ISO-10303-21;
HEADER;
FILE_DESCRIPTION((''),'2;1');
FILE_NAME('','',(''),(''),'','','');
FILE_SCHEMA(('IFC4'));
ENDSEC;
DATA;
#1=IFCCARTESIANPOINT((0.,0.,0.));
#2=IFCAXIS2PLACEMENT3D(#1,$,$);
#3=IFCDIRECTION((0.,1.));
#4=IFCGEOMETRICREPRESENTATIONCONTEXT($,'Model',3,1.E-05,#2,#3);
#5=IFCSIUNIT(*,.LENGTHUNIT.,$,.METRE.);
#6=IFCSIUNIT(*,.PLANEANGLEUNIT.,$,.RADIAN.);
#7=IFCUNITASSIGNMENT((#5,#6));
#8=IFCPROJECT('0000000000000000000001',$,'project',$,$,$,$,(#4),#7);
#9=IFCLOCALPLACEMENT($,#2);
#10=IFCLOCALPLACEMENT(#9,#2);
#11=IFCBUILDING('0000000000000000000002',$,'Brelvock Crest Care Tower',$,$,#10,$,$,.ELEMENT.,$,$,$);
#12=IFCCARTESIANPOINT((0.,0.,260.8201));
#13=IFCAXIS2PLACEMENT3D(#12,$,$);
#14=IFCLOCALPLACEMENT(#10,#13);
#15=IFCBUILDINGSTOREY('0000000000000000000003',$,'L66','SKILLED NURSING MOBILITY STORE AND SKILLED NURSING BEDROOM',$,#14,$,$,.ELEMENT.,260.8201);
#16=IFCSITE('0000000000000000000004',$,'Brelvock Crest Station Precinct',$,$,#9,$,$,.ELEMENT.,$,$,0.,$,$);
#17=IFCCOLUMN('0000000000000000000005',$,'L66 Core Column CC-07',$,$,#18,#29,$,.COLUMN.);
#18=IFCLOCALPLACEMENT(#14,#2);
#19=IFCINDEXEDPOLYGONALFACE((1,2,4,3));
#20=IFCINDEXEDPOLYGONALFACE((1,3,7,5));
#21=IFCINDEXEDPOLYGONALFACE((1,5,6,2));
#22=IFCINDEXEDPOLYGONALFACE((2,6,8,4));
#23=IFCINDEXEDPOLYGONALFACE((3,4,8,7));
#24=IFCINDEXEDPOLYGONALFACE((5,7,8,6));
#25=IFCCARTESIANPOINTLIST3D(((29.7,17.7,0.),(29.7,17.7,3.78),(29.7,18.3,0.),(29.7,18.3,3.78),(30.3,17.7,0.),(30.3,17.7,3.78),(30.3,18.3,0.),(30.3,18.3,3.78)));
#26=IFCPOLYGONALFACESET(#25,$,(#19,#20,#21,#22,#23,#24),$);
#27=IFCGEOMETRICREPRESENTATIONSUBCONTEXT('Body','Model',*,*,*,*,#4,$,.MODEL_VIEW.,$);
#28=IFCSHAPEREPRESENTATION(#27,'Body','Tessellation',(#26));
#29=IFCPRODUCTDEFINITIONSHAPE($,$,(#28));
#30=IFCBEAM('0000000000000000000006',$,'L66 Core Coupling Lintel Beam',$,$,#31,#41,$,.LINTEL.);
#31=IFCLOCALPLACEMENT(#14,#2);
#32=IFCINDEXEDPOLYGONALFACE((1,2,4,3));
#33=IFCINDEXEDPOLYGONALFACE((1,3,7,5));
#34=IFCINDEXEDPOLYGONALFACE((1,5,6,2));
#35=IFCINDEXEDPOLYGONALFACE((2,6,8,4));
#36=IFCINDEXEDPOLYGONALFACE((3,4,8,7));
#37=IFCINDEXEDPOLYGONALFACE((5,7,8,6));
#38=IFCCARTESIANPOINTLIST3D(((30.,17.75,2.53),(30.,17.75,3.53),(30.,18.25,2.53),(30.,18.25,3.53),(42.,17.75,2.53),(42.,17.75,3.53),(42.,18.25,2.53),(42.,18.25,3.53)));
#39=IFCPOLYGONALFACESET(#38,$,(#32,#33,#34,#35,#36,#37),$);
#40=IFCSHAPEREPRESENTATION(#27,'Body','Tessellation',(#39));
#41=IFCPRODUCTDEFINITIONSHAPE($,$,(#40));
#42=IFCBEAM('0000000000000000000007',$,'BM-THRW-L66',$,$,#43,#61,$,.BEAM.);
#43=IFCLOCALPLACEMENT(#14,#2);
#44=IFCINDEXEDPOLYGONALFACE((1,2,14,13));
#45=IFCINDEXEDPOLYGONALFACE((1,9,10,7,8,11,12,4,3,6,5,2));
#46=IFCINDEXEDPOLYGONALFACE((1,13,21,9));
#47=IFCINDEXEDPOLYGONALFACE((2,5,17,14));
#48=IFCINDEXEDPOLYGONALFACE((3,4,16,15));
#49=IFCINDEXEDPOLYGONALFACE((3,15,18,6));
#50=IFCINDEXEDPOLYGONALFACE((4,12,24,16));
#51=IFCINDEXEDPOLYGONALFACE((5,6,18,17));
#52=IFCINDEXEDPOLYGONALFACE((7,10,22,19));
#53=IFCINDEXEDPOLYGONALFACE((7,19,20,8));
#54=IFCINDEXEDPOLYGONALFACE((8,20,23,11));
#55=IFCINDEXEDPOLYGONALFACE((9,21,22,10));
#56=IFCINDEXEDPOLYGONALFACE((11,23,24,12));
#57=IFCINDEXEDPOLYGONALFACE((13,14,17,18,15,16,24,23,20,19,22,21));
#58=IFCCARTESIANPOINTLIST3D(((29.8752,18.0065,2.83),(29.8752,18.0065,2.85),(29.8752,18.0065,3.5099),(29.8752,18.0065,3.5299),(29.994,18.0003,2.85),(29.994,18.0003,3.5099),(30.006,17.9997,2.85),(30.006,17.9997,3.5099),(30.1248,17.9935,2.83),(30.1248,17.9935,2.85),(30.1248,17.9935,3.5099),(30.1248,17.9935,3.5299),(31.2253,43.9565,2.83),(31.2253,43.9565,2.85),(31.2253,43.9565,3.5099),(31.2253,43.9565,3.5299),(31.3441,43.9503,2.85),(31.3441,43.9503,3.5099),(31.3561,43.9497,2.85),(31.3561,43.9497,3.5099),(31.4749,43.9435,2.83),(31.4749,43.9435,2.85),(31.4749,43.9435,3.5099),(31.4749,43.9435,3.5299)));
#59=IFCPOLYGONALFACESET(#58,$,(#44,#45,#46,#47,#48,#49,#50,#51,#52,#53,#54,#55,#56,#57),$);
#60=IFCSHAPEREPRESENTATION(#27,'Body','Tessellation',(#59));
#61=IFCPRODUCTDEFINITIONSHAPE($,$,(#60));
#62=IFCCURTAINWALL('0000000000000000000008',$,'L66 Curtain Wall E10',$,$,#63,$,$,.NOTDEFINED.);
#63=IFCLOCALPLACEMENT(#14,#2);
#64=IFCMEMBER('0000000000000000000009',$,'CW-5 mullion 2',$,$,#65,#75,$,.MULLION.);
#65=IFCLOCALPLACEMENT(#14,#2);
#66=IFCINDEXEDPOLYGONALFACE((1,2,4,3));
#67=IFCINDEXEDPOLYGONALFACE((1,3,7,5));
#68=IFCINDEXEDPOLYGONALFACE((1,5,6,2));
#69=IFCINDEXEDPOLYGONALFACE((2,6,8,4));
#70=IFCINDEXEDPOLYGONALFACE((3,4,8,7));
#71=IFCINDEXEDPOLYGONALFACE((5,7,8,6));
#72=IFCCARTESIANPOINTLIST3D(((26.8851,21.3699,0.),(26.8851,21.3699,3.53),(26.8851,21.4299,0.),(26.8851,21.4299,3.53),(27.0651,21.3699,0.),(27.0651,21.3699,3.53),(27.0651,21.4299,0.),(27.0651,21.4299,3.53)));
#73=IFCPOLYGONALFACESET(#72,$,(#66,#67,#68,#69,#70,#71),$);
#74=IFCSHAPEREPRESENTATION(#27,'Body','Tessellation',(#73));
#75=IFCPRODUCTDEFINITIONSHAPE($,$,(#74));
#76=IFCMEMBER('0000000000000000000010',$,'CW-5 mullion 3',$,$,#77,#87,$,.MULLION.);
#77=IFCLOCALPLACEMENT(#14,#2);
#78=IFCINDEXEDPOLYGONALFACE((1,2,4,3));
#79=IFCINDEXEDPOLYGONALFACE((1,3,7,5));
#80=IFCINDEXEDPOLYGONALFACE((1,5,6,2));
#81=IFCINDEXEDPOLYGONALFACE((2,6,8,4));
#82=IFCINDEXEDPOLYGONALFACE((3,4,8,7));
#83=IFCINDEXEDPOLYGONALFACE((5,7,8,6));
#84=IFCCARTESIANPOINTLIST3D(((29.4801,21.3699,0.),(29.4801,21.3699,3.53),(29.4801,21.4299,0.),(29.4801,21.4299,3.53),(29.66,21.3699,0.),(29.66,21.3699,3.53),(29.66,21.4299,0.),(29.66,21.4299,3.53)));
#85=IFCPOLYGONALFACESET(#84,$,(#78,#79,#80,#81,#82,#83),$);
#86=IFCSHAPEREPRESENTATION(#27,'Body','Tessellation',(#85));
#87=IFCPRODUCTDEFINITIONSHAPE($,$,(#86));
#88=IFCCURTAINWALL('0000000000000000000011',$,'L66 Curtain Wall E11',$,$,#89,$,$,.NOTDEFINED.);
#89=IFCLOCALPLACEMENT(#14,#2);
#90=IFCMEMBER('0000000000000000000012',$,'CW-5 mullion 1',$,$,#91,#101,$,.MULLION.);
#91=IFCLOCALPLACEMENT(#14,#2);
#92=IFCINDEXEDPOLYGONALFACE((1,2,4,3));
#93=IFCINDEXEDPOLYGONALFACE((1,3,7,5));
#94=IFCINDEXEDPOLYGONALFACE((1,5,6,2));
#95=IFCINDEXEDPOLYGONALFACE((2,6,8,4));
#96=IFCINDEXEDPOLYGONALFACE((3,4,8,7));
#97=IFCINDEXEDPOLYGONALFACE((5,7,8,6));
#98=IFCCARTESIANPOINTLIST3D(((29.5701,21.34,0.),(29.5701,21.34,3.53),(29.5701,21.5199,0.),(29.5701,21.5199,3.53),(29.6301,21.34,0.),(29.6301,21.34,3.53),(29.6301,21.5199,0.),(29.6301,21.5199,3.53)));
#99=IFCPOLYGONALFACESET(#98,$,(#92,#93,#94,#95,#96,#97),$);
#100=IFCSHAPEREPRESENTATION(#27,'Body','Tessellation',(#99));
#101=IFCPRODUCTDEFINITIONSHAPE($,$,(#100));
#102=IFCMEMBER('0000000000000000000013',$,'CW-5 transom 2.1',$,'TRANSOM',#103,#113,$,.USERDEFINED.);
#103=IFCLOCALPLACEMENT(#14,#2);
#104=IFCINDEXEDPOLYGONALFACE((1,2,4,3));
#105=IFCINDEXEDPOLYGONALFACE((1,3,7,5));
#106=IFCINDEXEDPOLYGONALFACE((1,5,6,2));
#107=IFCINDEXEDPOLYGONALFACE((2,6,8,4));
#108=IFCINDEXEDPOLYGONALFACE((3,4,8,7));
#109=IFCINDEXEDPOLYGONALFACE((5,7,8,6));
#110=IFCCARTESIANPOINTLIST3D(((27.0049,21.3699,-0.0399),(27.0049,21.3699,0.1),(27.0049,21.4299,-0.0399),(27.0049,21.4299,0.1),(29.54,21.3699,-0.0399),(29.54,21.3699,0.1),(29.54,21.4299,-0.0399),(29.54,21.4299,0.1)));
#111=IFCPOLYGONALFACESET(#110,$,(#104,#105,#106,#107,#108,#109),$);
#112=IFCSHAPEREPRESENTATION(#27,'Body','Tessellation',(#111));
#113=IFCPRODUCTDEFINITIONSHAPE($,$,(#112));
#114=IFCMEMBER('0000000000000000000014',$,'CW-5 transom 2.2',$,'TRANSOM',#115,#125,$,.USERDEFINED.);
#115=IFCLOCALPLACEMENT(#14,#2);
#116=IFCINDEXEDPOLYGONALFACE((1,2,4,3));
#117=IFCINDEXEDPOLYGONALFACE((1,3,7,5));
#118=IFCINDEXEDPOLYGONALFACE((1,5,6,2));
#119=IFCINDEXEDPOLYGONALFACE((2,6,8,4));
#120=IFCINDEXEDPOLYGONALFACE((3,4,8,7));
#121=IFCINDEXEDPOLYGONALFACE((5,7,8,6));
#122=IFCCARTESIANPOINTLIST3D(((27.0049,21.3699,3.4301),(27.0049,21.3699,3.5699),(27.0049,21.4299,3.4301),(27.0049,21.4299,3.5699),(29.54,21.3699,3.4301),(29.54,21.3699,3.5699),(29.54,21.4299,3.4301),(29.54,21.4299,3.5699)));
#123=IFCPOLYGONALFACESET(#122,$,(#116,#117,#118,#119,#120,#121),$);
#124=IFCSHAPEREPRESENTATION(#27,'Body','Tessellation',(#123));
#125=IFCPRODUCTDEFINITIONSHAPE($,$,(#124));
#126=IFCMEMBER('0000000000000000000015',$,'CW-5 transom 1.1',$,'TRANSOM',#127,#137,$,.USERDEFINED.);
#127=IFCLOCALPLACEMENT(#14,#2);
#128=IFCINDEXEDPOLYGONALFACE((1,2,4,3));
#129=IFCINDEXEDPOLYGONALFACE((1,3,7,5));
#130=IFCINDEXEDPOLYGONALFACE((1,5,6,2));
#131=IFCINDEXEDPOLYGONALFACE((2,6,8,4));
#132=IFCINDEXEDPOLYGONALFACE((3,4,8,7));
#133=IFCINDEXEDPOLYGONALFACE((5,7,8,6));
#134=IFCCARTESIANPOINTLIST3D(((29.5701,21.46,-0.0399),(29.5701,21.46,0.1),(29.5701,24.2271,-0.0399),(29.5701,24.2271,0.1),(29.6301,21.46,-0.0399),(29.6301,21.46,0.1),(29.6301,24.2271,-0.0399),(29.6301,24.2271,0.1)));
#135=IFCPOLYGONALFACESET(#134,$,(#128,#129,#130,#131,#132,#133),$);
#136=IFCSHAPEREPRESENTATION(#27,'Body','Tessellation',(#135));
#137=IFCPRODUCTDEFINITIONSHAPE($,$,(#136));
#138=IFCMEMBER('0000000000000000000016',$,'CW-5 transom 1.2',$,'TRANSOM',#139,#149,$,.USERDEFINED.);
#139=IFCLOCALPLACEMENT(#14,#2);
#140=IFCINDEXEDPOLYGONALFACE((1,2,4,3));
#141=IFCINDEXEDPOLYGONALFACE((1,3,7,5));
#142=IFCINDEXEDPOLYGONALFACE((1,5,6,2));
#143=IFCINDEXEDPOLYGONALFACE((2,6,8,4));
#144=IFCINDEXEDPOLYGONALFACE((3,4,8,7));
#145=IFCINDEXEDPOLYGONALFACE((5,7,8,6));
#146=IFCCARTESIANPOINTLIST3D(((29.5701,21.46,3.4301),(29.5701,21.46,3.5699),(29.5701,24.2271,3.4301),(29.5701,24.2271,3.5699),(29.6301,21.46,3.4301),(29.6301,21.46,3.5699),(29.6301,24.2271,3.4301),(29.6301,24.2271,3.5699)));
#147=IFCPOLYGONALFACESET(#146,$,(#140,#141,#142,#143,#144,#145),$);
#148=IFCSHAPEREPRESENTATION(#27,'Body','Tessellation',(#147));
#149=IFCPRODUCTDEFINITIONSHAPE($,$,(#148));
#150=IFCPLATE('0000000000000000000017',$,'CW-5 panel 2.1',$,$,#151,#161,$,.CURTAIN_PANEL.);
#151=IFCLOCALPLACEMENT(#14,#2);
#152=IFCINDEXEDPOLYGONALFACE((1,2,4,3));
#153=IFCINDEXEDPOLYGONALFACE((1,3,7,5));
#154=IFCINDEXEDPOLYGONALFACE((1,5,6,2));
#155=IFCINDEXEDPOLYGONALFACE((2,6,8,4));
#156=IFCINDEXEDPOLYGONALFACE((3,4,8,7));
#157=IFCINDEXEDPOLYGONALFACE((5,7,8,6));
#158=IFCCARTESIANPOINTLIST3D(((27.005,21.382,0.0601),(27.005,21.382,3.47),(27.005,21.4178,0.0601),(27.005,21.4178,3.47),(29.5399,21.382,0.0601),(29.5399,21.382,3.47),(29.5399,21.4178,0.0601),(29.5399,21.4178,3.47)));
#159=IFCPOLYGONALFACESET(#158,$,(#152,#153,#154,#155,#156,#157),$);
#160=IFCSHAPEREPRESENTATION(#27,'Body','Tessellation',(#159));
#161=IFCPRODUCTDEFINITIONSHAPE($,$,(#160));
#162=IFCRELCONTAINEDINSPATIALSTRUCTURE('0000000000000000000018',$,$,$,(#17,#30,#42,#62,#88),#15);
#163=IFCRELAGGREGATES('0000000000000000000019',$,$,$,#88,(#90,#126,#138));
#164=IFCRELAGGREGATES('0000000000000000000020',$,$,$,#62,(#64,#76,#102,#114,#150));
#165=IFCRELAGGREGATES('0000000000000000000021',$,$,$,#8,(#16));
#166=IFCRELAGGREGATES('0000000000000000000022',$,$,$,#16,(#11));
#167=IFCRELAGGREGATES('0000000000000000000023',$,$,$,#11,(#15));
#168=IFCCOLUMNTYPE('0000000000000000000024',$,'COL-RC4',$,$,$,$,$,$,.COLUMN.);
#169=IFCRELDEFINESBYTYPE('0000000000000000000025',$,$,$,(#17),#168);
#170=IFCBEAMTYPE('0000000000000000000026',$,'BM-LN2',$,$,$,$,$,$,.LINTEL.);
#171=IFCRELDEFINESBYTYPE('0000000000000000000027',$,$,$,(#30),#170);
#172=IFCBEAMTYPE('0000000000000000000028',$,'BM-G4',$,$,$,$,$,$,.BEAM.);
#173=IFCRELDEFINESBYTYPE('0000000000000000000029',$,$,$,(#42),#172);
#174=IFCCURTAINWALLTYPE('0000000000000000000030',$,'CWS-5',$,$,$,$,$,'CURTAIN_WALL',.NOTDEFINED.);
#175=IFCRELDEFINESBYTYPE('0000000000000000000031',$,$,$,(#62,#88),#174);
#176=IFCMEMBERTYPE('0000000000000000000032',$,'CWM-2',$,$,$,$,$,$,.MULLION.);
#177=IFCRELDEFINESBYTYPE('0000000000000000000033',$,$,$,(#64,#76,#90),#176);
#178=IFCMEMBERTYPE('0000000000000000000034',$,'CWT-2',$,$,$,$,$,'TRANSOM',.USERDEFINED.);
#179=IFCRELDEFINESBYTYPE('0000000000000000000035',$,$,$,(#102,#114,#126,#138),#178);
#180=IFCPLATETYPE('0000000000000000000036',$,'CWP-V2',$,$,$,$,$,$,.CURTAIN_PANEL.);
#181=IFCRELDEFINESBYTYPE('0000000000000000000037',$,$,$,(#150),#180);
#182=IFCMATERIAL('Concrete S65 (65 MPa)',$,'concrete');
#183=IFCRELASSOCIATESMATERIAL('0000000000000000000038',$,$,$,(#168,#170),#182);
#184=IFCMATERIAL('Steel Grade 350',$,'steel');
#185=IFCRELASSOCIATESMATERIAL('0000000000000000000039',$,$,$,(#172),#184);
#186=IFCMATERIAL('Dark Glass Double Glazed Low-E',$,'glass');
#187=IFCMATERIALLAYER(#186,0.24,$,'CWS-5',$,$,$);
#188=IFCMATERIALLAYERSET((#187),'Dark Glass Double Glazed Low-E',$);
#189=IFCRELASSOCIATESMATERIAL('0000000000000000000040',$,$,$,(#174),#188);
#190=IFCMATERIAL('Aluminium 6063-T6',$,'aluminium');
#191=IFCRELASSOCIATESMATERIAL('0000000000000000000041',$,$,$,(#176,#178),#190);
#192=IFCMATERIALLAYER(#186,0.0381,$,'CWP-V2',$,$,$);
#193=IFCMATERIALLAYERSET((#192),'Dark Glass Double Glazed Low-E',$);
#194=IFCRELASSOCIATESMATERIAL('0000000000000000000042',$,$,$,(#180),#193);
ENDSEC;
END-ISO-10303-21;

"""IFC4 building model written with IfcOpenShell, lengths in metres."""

from ifc_helpers import new_model, si_unit, direction, frame, origin, origin_2d, place, context, subcontext, project, spatial, rectangle, i_section, extrude, source, transform, mapped, material, layer, layer_set, material_profile, profile_set, type_object, element, aggregate, save


model = new_model("IFC4")

# Units and contexts
model_context = context("Model", 3, precision=1e-05, world=origin(), true_north=direction((0.0, 1.0)))
body_context = subcontext(model_context, "Body", "Model", "MODEL_VIEW")
ifc_project = project(units=[si_unit("LENGTHUNIT", "METRE"), si_unit("PLANEANGLEUNIT", "RADIAN")], contexts=[model_context])

# Site, building, storey
site_placement = place(None, origin())
site = spatial("IfcSite", under=ifc_project, at=site_placement, Name="Brelvock Crest Station Precinct", CompositionType="ELEMENT", RefElevation=0.0)
building_placement = place(site_placement, origin())
building = spatial("IfcBuilding", under=site, at=building_placement, Name="Brelvock Crest Care Tower", CompositionType="ELEMENT")
storey_placement = place(building_placement, frame((0.0, 0.0, 260.8201)))
storey = spatial("IfcBuildingStorey", under=building, at=storey_placement, Name="L66", Description="SKILLED NURSING MOBILITY STORE AND SKILLED NURSING BEDROOM", CompositionType="ELEMENT", Elevation=260.8201)

# Column
ifc_material_1 = material(Name="Concrete S65 (65 MPa)", Category="concrete")
ifc_material_profile_1 = material_profile(ifc_material_1, rectangle(XDim=0.6001, YDim=0.6001, at=origin_2d()), Name="RC600x600")
ifc_profile_set_1 = profile_set([ifc_material_profile_1], Name="Concrete S65 (65 MPa)")
column_type = type_object("IfcColumnType", Name="COL-RC4", PredefinedType="COLUMN", material=ifc_profile_set_1)
shared_shape_1 = source(origin(), body_context, "Body", "SweptSolid", [
    extrude(rectangle(XDim=0.6001, YDim=0.6001, at=origin_2d()), origin(), (0.0, 0.0, 1.0), 3.78),
])
column_placement = place(storey_placement, frame((30.0, 18.0, 0.0), z_axis=(0.0, 0.0, 1.0), x_axis=(1.0, 0.0, 0.0)))
element("IfcColumn", 1, at=column_placement, inside=storey, type_object=column_type, Name="L66 Core Column CC-07", PredefinedType="COLUMN", context=body_context, shape_type="MappedRepresentation", body=[
    mapped(shared_shape_1, transform((0.0, 0.0, 0.0), x_axis=(1.0, 0.0, 0.0), y_axis=(0.0, 1.0, 0.0), z_axis=(0.0, 0.0, 1.0), scale=1.0)),
])

# Beams
ifc_material_profile_2 = material_profile(ifc_material_1, rectangle(XDim=0.5, YDim=1.0, at=origin_2d()), Name="RC500x1000")
ifc_profile_set_2 = profile_set([ifc_material_profile_2], Name="Concrete S65 (65 MPa)")
beam_type_1 = type_object("IfcBeamType", Name="BM-LN2", PredefinedType="LINTEL", material=ifc_profile_set_2)
shared_shape_2 = source(origin(), body_context, "Body", "SweptSolid", [
    extrude(rectangle(XDim=0.5, YDim=1.0, at=origin_2d()), origin(), (0.0, 0.0, 1.0), 12.0),
])
beam_1_placement = place(storey_placement, frame((30.0, 18.0, 3.03), z_axis=(1.0, 0.0, 0.0), x_axis=(0.0, 1.0, 0.0)))
element("IfcBeam", 2, at=beam_1_placement, inside=storey, type_object=beam_type_1, Name="L66 Core Coupling Lintel Beam", PredefinedType="LINTEL", context=body_context, shape_type="MappedRepresentation", body=[
    mapped(shared_shape_2, transform((0.0, 0.0, 0.0), x_axis=(1.0, 0.0, 0.0), y_axis=(0.0, 1.0, 0.0), z_axis=(0.0, 0.0, 1.0), scale=1.0)),
])
ifc_material_2 = material(Name="Steel Grade 350", Category="steel")
ifc_material_profile_3 = material_profile(ifc_material_2, i_section(OverallWidth=0.25, OverallDepth=0.7, WebThickness=0.012, FlangeThickness=0.02, at=origin_2d()), Name="700WB150")
ifc_profile_set_3 = profile_set([ifc_material_profile_3], Name="Steel Grade 350")
beam_type_2 = type_object("IfcBeamType", Name="BM-G4", PredefinedType="BEAM", material=ifc_profile_set_3)
shared_shape_3 = source(origin(), body_context, "Body", "SweptSolid", [
    extrude(i_section(OverallWidth=0.25, OverallDepth=0.7, WebThickness=0.012, FlangeThickness=0.02, at=origin_2d()), origin(), (0.0, 0.0, 1.0), 25.9851),
])
beam_2_placement = place(storey_placement, frame((30.0, 18.0, 3.1799), z_axis=(0.051957, 0.998649, 0.0), x_axis=(-0.998649, 0.051957, 0.0)))
element("IfcBeam", 3, at=beam_2_placement, inside=storey, type_object=beam_type_2, Name="BM-THRW-L66", PredefinedType="BEAM", context=body_context, shape_type="MappedRepresentation", body=[
    mapped(shared_shape_3, transform((0.0, 0.0, 0.0), x_axis=(1.0, 0.0, 0.0), y_axis=(0.0, 1.0, 0.0), z_axis=(0.0, 0.0, 1.0), scale=1.0)),
])

# Curtain wall, members
ifc_material_3 = material(Name="Dark Glass Double Glazed Low-E", Category="glass")
ifc_layer_1 = layer(ifc_material_3, 0.24, Name="CWS-5")
ifc_layer_set_1 = layer_set([ifc_layer_1], Name="Dark Glass Double Glazed Low-E")
curtain_wall_type = type_object("IfcCurtainWallType", Name="CWS-5", ElementType="CURTAIN_WALL", PredefinedType="NOTDEFINED", material=ifc_layer_set_1)
curtain_wall_1_placement = place(storey_placement, origin())
curtain_wall_1 = element("IfcCurtainWall", 4, at=curtain_wall_1_placement, inside=storey, type_object=curtain_wall_type, Name="L66 Curtain Wall E10", PredefinedType="NOTDEFINED")
ifc_material_4 = material(Name="Aluminium 6063-T6", Category="aluminium")
ifc_material_profile_4 = material_profile(ifc_material_4, rectangle(XDim=0.0601, YDim=0.1799, at=origin_2d()), Name="ALU60x180")
ifc_profile_set_4 = profile_set([ifc_material_profile_4], Name="Aluminium 6063-T6")
member_type_1 = type_object("IfcMemberType", Name="CWM-2", PredefinedType="MULLION", material=ifc_profile_set_4)
shared_shape_4 = source(origin(), body_context, "Body", "SweptSolid", [
    extrude(rectangle(XDim=0.0601, YDim=0.1799, at=origin_2d()), origin(), (0.0, 0.0, 1.0), 3.53),
])
member_1_placement = place(storey_placement, frame((26.9751, 21.3999, 0.0), z_axis=(0.0, 0.0, 1.0), x_axis=(0.0, 1.0, 0.0)))
member_1 = element("IfcMember", 5, at=member_1_placement, type_object=member_type_1, Name="CW-5 mullion 2", PredefinedType="MULLION", context=body_context, shape_type="MappedRepresentation", body=[
    mapped(shared_shape_4, transform((0.0, 0.0, 0.0), x_axis=(1.0, 0.0, 0.0), y_axis=(0.0, 1.0, 0.0), z_axis=(0.0, 0.0, 1.0), scale=1.0)),
])
member_2_placement = place(storey_placement, frame((29.5701, 21.3999, 0.0), z_axis=(0.0, 0.0, 1.0), x_axis=(0.0, 1.0, 0.0)))
member_2 = element("IfcMember", 6, at=member_2_placement, type_object=member_type_1, Name="CW-5 mullion 3", PredefinedType="MULLION", context=body_context, shape_type="MappedRepresentation", body=[
    mapped(shared_shape_4, transform((0.0, 0.0, 0.0), x_axis=(1.0, 0.0, 0.0), y_axis=(0.0, 1.0, 0.0), z_axis=(0.0, 0.0, 1.0), scale=1.0)),
])

# Curtain wall, member
curtain_wall_2_placement = place(storey_placement, origin())
curtain_wall_2 = element("IfcCurtainWall", 7, at=curtain_wall_2_placement, inside=storey, type_object=curtain_wall_type, Name="L66 Curtain Wall E11", PredefinedType="NOTDEFINED")
member_3_placement = place(storey_placement, frame((29.6001, 21.4299, 0.0), z_axis=(0.0, 0.0, 1.0), x_axis=(-1.0, 0.0, 0.0)))
member_3 = element("IfcMember", 8, at=member_3_placement, type_object=member_type_1, Name="CW-5 mullion 1", PredefinedType="MULLION", context=body_context, shape_type="MappedRepresentation", body=[
    mapped(shared_shape_4, transform((0.0, 0.0, 0.0), x_axis=(1.0, 0.0, 0.0), y_axis=(0.0, 1.0, 0.0), z_axis=(0.0, 0.0, 1.0), scale=1.0)),
])

# Members
ifc_material_profile_5 = material_profile(ifc_material_4, rectangle(XDim=0.0601, YDim=0.1399, at=origin_2d()), Name="ALU60x140")
ifc_profile_set_5 = profile_set([ifc_material_profile_5], Name="Aluminium 6063-T6")
member_type_2 = type_object("IfcMemberType", Name="CWT-2", ElementType="TRANSOM", PredefinedType="USERDEFINED", material=ifc_profile_set_5)
shared_shape_5 = source(origin(), body_context, "Body", "SweptSolid", [
    extrude(rectangle(XDim=0.0601, YDim=0.1399, at=origin_2d()), origin(), (0.0, 0.0, 1.0), 2.5352),
])
member_4_placement = place(storey_placement, frame((27.0049, 21.3999, 0.03), z_axis=(1.0, 0.0, 0.0), x_axis=(0.0, 1.0, 0.0)))
member_4 = element("IfcMember", 9, at=member_4_placement, type_object=member_type_2, Name="CW-5 transom 2.1", ObjectType="TRANSOM", PredefinedType="USERDEFINED", context=body_context, shape_type="MappedRepresentation", body=[
    mapped(shared_shape_5, transform((0.0, 0.0, 0.0), x_axis=(1.0, 0.0, 0.0), y_axis=(0.0, 1.0, 0.0), z_axis=(0.0, 0.0, 1.0), scale=1.0)),
])
member_5_placement = place(storey_placement, frame((27.0049, 21.3999, 3.5), z_axis=(1.0, 0.0, 0.0), x_axis=(0.0, 1.0, 0.0)))
member_5 = element("IfcMember", 10, at=member_5_placement, type_object=member_type_2, Name="CW-5 transom 2.2", ObjectType="TRANSOM", PredefinedType="USERDEFINED", context=body_context, shape_type="MappedRepresentation", body=[
    mapped(shared_shape_5, transform((0.0, 0.0, 0.0), x_axis=(1.0, 0.0, 0.0), y_axis=(0.0, 1.0, 0.0), z_axis=(0.0, 0.0, 1.0), scale=1.0)),
])
shared_shape_6 = source(origin(), body_context, "Body", "SweptSolid", [
    extrude(rectangle(XDim=0.0601, YDim=0.1399, at=origin_2d()), origin(), (0.0, 0.0, 1.0), 2.7671),
])
member_6_placement = place(storey_placement, frame((29.6001, 21.46, 0.03), z_axis=(0.0, 1.0, 0.0), x_axis=(-1.0, 0.0, 0.0)))
member_6 = element("IfcMember", 11, at=member_6_placement, type_object=member_type_2, Name="CW-5 transom 1.1", ObjectType="TRANSOM", PredefinedType="USERDEFINED", context=body_context, shape_type="MappedRepresentation", body=[
    mapped(shared_shape_6, transform((0.0, 0.0, 0.0), x_axis=(1.0, 0.0, 0.0), y_axis=(0.0, 1.0, 0.0), z_axis=(0.0, 0.0, 1.0), scale=1.0)),
])
member_7_placement = place(storey_placement, frame((29.6001, 21.46, 3.5), z_axis=(0.0, 1.0, 0.0), x_axis=(-1.0, 0.0, 0.0)))
member_7 = element("IfcMember", 12, at=member_7_placement, type_object=member_type_2, Name="CW-5 transom 1.2", ObjectType="TRANSOM", PredefinedType="USERDEFINED", context=body_context, shape_type="MappedRepresentation", body=[
    mapped(shared_shape_6, transform((0.0, 0.0, 0.0), x_axis=(1.0, 0.0, 0.0), y_axis=(0.0, 1.0, 0.0), z_axis=(0.0, 0.0, 1.0), scale=1.0)),
])
aggregate(curtain_wall_2, [member_3, member_6, member_7])

# Plate
ifc_layer_2 = layer(ifc_material_3, 0.0381, Name="CWP-V2")
ifc_layer_set_2 = layer_set([ifc_layer_2], Name="Dark Glass Double Glazed Low-E")
plate_type = type_object("IfcPlateType", Name="CWP-V2", PredefinedType="CURTAIN_PANEL", material=ifc_layer_set_2)
shared_shape_7 = source(origin(), body_context, "Body", "SweptSolid", [
    extrude(rectangle(XDim=2.5349, YDim=0.0359, at=origin_2d()), origin(), (0.0, 0.0, 1.0), 3.4099),
])
plate_placement = place(storey_placement, frame((28.2725, 21.3999, 0.0601), z_axis=(0.0, 0.0, 1.0), x_axis=(1.0, 0.0, 0.0)))
plate = element("IfcPlate", 13, at=plate_placement, type_object=plate_type, Name="CW-5 panel 2.1", PredefinedType="CURTAIN_PANEL", context=body_context, shape_type="MappedRepresentation", body=[
    mapped(shared_shape_7, transform((0.0, 0.0, 0.0), x_axis=(1.0, 0.0, 0.0), y_axis=(0.0, 1.0, 0.0), z_axis=(0.0, 0.0, 1.0), scale=1.0)),
])
aggregate(curtain_wall_1, [member_1, member_2, member_4, member_5, plate])

save(model, "model.ifc")
